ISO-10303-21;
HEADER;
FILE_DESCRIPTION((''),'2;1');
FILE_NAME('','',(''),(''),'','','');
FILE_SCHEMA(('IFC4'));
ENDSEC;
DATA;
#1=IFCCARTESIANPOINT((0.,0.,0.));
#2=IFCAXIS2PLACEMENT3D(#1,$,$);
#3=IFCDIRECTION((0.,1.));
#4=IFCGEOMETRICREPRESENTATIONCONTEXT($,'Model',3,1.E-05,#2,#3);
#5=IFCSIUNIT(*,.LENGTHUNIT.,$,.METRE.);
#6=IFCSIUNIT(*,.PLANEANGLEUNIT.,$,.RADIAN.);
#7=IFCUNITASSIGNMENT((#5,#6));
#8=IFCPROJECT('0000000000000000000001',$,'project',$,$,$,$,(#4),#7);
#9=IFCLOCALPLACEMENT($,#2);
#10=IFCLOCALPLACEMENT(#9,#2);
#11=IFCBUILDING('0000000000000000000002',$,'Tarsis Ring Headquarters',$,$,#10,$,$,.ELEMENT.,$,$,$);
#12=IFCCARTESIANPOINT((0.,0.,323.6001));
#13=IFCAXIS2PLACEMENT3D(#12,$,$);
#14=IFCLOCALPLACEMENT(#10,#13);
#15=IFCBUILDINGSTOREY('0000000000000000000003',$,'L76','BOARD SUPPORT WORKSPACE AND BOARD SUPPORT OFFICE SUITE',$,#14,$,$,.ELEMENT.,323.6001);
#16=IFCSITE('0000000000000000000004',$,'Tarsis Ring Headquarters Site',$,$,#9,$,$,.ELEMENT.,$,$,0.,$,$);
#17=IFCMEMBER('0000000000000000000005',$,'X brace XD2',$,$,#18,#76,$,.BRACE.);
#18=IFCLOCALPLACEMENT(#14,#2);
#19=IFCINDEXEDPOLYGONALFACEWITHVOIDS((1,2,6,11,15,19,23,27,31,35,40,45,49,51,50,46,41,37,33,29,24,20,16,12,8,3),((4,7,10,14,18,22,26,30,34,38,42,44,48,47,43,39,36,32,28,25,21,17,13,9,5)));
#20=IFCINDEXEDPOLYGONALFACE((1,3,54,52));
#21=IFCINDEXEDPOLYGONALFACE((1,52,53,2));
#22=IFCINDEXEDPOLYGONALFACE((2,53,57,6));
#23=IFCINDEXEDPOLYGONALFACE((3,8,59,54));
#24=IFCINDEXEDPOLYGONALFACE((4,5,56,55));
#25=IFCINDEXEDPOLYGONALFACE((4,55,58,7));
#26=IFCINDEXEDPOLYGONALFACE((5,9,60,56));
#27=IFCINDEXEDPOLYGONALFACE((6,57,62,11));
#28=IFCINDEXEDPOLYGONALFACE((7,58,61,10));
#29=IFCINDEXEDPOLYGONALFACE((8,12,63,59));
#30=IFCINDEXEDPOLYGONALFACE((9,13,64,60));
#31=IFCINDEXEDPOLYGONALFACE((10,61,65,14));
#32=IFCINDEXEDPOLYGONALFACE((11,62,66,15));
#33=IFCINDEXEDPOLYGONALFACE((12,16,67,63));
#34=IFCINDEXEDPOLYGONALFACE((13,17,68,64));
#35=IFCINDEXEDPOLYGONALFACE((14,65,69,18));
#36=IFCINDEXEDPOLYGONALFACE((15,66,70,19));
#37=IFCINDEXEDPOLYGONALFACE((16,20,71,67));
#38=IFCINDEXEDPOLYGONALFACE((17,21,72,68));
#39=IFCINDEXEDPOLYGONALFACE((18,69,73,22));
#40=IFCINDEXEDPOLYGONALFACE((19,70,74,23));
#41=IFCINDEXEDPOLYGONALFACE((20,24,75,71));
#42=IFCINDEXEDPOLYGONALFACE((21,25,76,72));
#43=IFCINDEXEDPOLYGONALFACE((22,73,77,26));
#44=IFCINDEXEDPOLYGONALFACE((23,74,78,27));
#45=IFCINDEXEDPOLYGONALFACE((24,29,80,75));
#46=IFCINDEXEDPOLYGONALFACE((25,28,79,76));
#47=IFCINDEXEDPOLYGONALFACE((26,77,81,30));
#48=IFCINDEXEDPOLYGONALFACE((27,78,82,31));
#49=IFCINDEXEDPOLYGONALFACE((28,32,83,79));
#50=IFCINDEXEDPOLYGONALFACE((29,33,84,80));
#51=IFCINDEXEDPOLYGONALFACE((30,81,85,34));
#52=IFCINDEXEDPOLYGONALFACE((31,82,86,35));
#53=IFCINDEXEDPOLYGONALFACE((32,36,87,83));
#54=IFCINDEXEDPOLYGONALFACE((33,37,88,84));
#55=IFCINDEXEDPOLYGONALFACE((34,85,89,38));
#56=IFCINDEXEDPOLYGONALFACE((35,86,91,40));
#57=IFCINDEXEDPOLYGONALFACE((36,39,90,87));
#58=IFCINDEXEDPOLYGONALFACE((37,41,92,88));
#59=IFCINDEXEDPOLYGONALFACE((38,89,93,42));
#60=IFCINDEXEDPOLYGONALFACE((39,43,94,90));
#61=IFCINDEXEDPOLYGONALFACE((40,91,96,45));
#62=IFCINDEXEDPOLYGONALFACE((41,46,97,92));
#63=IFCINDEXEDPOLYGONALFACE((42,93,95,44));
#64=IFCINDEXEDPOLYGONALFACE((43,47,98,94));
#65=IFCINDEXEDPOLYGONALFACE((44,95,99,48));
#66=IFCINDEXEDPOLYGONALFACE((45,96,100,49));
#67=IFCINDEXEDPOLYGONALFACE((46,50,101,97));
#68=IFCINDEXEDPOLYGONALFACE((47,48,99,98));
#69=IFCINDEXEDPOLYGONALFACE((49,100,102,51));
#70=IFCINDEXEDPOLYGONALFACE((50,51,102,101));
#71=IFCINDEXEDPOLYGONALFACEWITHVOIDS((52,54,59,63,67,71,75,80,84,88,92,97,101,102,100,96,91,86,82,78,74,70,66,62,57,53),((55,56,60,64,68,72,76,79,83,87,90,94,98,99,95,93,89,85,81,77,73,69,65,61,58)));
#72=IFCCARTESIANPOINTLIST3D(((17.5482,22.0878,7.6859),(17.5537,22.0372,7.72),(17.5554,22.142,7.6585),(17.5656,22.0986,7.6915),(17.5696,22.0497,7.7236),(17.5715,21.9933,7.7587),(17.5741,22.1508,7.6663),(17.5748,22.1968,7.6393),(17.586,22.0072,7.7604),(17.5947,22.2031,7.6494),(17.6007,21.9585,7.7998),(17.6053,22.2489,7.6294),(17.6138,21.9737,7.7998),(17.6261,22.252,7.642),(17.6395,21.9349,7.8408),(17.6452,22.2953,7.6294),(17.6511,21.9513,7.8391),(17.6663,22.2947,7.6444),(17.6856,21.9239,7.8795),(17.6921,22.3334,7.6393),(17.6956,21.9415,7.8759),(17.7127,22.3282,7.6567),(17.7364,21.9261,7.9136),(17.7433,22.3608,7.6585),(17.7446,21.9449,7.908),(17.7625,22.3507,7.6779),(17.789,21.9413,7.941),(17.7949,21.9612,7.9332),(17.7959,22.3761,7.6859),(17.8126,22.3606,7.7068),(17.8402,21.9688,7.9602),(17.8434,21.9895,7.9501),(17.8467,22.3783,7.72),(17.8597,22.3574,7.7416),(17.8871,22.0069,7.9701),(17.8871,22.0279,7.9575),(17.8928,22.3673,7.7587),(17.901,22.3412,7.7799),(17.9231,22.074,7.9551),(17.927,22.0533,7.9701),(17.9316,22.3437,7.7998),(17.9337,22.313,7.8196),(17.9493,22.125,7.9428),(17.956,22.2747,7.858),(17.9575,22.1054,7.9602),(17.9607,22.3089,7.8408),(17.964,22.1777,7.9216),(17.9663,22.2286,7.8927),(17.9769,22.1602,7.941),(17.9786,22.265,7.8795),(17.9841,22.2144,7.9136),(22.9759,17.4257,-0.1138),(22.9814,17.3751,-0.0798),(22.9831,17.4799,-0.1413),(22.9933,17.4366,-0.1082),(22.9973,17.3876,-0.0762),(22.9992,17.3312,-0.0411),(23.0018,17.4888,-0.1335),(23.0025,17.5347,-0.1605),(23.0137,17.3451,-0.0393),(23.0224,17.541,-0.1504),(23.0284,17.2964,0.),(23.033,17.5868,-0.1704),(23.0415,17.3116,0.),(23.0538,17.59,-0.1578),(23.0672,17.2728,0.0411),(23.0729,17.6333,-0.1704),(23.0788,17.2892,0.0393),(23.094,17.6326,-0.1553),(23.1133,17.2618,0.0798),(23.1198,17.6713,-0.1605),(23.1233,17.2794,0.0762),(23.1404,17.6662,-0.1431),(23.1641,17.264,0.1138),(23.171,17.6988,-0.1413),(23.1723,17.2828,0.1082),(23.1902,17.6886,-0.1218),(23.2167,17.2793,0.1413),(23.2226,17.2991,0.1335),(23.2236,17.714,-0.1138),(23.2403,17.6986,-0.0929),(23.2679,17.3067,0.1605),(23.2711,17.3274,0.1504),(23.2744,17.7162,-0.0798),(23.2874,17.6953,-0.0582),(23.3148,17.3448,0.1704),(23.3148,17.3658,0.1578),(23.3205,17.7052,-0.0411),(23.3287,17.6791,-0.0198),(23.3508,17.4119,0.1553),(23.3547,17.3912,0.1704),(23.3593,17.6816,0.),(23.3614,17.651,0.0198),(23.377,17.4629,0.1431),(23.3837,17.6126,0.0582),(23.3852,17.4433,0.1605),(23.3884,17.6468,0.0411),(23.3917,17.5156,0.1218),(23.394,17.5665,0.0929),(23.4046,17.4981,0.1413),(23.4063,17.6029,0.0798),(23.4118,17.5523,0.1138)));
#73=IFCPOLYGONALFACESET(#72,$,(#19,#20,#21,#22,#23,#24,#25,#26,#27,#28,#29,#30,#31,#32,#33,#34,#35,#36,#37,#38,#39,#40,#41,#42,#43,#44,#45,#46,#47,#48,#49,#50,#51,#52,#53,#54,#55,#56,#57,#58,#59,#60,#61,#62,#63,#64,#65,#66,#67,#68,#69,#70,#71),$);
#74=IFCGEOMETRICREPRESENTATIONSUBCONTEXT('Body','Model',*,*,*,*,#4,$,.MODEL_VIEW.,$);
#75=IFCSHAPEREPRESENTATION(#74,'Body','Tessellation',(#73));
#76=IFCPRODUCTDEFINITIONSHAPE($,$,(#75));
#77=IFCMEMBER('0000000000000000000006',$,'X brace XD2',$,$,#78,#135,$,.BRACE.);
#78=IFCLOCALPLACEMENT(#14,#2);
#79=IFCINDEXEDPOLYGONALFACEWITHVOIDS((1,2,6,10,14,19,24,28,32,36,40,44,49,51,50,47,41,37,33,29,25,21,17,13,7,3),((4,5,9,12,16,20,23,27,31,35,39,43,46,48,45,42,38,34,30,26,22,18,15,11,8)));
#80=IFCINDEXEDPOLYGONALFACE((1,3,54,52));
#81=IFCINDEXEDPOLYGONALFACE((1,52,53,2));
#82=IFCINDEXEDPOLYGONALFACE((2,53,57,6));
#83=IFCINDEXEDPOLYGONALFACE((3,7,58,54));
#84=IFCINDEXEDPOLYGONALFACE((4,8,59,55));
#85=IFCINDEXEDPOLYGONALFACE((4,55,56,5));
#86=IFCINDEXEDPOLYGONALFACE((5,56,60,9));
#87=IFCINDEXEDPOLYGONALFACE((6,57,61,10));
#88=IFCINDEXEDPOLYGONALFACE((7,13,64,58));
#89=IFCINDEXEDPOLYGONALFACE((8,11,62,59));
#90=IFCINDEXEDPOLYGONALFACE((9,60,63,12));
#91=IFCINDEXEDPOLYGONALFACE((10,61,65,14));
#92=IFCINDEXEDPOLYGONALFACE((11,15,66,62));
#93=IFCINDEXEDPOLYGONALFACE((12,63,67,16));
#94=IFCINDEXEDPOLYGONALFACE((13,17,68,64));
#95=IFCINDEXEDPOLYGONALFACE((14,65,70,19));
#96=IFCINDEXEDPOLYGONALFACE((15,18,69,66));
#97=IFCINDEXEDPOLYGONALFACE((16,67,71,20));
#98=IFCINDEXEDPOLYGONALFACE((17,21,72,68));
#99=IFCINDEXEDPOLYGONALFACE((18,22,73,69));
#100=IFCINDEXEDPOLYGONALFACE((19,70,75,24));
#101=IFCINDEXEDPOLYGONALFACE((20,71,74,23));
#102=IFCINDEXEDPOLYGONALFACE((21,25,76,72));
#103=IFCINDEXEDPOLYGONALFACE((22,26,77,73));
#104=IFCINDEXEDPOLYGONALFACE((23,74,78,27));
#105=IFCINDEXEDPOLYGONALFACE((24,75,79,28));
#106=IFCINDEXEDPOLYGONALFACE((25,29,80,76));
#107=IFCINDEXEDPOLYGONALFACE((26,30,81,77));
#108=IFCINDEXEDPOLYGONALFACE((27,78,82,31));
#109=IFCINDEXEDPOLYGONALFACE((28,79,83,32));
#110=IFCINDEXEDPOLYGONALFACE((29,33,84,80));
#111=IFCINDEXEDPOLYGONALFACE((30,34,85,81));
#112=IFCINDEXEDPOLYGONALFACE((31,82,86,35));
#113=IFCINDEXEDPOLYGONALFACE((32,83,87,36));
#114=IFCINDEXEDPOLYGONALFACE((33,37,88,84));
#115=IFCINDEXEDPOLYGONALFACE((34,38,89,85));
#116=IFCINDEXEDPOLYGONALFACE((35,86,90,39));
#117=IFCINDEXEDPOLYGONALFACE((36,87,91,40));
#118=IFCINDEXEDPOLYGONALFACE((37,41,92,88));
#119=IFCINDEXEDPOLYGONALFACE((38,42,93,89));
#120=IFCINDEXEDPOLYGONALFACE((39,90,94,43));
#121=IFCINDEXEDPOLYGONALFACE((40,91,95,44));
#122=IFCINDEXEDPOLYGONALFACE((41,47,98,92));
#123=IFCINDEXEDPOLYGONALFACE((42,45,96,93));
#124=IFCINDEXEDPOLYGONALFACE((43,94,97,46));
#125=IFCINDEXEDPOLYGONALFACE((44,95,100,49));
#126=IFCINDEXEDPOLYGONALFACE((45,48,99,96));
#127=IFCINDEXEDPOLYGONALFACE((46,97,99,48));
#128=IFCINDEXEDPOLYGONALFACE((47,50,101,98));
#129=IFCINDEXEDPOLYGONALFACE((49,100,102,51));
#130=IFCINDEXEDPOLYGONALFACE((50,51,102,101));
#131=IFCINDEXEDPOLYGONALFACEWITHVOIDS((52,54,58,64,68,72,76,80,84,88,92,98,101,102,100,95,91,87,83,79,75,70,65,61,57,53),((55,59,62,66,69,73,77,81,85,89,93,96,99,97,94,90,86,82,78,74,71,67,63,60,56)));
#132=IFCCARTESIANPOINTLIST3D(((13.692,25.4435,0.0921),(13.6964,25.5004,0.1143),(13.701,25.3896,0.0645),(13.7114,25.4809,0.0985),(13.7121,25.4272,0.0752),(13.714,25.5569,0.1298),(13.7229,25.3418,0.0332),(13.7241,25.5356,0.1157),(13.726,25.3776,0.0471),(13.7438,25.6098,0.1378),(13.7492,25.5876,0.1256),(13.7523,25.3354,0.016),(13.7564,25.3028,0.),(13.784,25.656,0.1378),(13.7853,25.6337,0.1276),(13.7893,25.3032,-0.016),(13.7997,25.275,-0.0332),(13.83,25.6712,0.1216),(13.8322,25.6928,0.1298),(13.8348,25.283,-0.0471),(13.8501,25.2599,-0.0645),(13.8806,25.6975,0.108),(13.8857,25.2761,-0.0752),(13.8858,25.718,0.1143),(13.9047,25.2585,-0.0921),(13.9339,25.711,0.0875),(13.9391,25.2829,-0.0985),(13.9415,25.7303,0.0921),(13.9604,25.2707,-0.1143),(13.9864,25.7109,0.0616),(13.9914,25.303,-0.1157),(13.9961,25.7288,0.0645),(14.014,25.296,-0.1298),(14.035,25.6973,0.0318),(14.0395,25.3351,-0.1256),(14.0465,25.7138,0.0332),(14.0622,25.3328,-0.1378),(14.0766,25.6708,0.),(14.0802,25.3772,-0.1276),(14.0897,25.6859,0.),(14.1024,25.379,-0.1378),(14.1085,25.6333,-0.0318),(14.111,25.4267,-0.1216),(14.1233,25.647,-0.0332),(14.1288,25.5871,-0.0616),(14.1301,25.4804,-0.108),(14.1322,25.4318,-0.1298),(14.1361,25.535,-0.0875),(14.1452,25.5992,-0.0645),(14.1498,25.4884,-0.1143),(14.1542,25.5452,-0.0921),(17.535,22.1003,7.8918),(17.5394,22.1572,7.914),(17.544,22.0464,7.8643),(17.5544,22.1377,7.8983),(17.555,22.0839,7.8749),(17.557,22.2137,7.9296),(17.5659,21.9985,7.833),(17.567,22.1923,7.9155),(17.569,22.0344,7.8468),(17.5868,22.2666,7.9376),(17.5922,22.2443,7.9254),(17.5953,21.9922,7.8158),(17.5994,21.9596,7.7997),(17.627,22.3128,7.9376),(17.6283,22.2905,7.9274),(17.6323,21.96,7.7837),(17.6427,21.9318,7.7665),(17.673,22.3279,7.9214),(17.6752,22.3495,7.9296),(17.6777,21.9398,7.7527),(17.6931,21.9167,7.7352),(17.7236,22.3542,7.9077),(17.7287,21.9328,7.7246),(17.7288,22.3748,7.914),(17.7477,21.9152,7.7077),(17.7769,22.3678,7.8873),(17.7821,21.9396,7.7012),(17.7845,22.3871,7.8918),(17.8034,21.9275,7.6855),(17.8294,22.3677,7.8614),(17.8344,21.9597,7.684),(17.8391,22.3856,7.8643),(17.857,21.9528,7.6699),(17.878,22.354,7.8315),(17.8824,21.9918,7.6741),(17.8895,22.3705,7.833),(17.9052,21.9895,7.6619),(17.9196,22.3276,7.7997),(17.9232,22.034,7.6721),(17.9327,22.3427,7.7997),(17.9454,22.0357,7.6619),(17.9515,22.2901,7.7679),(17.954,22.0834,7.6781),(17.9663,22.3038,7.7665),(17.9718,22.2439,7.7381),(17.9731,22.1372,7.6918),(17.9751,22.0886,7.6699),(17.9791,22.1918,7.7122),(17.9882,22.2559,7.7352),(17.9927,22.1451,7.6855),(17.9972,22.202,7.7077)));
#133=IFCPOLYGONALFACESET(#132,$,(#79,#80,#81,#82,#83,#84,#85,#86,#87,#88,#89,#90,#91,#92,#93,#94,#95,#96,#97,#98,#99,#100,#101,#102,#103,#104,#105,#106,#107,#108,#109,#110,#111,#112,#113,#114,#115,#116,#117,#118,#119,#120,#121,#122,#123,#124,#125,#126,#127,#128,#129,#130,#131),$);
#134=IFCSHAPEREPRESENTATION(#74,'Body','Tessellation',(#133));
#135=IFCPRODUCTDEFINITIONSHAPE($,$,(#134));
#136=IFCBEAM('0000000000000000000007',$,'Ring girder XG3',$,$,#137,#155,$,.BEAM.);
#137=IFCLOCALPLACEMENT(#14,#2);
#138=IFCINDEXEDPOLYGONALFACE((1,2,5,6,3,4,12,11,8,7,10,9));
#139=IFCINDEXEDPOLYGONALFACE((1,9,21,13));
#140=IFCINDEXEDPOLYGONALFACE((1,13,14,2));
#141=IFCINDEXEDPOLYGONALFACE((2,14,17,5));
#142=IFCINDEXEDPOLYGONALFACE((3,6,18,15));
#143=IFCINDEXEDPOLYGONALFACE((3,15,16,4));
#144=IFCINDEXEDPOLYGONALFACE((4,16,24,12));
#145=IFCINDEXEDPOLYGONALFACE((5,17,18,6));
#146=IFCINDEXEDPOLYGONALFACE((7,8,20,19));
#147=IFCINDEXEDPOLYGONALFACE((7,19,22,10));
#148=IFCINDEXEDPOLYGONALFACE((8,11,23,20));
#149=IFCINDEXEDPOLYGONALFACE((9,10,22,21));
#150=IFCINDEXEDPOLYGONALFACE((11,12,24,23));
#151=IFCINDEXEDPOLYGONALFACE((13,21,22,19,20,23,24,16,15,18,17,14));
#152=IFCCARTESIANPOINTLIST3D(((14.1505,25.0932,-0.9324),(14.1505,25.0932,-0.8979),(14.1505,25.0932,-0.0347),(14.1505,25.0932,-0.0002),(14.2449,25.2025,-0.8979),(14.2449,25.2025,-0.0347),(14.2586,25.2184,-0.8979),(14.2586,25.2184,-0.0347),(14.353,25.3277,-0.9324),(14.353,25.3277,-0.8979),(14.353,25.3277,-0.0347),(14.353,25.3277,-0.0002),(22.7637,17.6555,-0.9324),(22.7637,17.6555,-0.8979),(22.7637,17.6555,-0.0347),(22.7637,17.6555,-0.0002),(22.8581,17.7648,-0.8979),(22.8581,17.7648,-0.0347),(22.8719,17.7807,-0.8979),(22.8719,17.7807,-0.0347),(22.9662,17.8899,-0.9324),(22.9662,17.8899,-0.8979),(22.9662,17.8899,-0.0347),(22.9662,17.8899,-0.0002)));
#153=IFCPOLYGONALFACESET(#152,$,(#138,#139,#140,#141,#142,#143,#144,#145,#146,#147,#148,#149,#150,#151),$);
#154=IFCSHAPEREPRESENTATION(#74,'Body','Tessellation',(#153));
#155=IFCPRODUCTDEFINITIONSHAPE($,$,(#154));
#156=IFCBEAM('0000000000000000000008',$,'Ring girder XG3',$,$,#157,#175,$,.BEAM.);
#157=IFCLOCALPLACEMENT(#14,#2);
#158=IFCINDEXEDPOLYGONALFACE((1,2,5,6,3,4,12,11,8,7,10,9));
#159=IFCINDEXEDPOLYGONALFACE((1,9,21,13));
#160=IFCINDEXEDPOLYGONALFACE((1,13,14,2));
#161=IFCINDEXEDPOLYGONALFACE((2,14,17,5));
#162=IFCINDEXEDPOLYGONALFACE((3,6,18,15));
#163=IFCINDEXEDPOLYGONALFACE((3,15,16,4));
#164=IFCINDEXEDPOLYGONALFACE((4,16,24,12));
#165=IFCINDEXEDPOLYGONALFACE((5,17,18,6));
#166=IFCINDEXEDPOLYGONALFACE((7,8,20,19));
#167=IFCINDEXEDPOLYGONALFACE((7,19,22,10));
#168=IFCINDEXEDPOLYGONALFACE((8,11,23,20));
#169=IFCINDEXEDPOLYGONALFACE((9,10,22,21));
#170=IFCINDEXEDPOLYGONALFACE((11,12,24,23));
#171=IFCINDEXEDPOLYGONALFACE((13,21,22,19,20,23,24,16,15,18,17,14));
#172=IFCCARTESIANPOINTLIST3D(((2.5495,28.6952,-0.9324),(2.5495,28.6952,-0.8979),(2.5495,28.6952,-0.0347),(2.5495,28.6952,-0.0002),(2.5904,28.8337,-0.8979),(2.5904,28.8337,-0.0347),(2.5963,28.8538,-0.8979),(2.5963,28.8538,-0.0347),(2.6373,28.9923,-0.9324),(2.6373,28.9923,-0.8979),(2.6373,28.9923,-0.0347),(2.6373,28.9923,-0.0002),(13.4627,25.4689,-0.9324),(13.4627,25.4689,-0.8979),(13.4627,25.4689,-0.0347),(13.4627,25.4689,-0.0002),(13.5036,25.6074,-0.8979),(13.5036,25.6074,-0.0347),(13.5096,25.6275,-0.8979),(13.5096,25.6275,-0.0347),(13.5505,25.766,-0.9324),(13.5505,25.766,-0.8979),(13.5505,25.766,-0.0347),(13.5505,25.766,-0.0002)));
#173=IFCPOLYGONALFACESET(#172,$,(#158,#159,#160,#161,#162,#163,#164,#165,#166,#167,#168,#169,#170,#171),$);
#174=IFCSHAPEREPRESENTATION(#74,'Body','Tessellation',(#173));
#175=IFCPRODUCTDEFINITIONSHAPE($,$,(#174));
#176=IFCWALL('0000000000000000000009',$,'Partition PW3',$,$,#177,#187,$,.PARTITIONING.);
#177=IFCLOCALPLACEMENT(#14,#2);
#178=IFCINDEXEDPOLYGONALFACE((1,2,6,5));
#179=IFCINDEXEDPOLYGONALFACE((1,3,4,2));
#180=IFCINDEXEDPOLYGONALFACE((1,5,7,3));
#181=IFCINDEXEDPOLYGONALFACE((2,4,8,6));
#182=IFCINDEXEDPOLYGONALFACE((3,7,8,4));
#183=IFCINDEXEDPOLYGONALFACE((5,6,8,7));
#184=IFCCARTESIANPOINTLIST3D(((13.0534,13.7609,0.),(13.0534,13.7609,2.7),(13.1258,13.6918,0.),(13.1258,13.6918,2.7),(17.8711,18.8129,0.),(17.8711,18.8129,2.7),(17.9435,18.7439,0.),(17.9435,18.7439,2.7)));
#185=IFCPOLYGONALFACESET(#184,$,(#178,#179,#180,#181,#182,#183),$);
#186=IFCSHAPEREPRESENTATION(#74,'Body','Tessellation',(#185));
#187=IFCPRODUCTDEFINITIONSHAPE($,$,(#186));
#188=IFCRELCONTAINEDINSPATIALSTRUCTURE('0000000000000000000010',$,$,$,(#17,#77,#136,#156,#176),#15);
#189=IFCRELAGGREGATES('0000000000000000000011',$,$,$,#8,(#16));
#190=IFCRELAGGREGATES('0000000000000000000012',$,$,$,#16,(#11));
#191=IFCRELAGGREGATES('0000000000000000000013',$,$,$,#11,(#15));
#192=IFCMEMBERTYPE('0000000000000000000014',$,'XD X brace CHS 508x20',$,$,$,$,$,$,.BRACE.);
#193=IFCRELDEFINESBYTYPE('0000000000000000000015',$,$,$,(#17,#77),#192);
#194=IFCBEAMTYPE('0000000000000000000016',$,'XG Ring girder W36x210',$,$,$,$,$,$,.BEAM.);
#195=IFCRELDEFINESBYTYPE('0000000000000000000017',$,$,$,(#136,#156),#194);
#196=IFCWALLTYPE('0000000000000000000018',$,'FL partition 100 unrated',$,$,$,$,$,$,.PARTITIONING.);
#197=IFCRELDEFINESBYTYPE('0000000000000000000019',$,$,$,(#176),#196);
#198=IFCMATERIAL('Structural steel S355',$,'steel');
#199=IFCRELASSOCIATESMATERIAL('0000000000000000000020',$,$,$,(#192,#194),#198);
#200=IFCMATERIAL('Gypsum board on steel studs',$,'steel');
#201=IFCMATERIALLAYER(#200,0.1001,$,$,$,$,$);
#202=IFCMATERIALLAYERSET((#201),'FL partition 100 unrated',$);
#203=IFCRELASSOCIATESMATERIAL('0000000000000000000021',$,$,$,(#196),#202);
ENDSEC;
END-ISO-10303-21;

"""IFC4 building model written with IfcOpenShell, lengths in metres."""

from ifc_helpers import new_model, si_unit, direction, frame, frame_2d, origin, origin_2d, place, context, subcontext, project, spatial, rectangle, hollow_circle, i_section, extrude, material, layer, layer_set, material_profile, profile_set, type_object, element, save


model = new_model("IFC4")

# Units and contexts
model_context = context("Model", 3, precision=1e-05, world=origin(), true_north=direction((0.0, 1.0)))
body_context = subcontext(model_context, "Body", "Model", "MODEL_VIEW")
ifc_project = project(units=[si_unit("LENGTHUNIT", "METRE"), si_unit("PLANEANGLEUNIT", "RADIAN")], contexts=[model_context])

# Site, building, storey
site_placement = place(None, origin())
site = spatial("IfcSite", under=ifc_project, at=site_placement, Name="Tarsis Ring Headquarters Site", CompositionType="ELEMENT", RefElevation=0.0)
building_placement = place(site_placement, origin())
building = spatial("IfcBuilding", under=site, at=building_placement, Name="Tarsis Ring Headquarters", CompositionType="ELEMENT")
storey_placement = place(building_placement, frame((0.0, 0.0, 323.6001)))
storey = spatial("IfcBuildingStorey", under=building, at=storey_placement, Name="L76", Description="BOARD SUPPORT WORKSPACE AND BOARD SUPPORT OFFICE SUITE", CompositionType="ELEMENT", Elevation=323.6001)

# Shared definitions
ifc_material_1 = material(Name="Structural steel S355", Category="steel")

# Members
ifc_material_profile_1 = material_profile(ifc_material_1, hollow_circle(Radius=0.2539, WallThickness=0.02, at=origin_2d()), Name="CHS 508x20")
ifc_profile_set_1 = profile_set([ifc_material_profile_1], Name="Structural steel S355")
member_type = type_object("IfcMemberType", Name="XD X brace CHS 508x20", PredefinedType="BRACE", material=ifc_profile_set_1)
member_1_placement = place(storey_placement, frame((23.1938, 17.489, 0.0), z_axis=(-0.512798, 0.440464, 0.736905), x_axis=(-0.651578, -0.758582, 0.0)))
element("IfcMember", 1, at=member_1_placement, inside=storey, type_object=member_type, Name="X brace XD2", PredefinedType="BRACE", context=body_context, shape_type="SweptSolid", body=[
    extrude(hollow_circle(Radius=0.2539, WallThickness=0.02, at=origin_2d()), origin(), (0.0, 0.0, 1.0), 10.5845),
])
member_2_placement = place(storey_placement, frame((13.9231, 25.4944, 0.0), z_axis=(0.412529, -0.358883, 0.837271), x_axis=(0.656347, 0.754459, 0.0)))
element("IfcMember", 2, at=member_2_placement, inside=storey, type_object=member_type, Name="X brace XD2", PredefinedType="BRACE", context=body_context, shape_type="SweptSolid", body=[
    extrude(hollow_circle(Radius=0.2539, WallThickness=0.02, at=origin_2d()), origin(), (0.0, 0.0, 1.0), 9.3157),
])

# Beams
ifc_material_profile_2 = material_profile(ifc_material_1, i_section(OverallWidth=0.3098, OverallDepth=0.9321, WebThickness=0.021, FlangeThickness=0.0344, at=origin_2d()), Name="W36x210")
ifc_profile_set_2 = profile_set([ifc_material_profile_2], Name="Structural steel S355")
beam_type_1 = type_object("IfcBeamType", Name="XG Ring girder W36x210", PredefinedType="BEAM", material=ifc_profile_set_2)
for number, where, z_axis, x_axis, name in (
    (3, (22.865, 17.7727, -0.4663), (-0.756866, 0.65357, 0.0), (-0.65357, -0.756866, 0.0), "Ring girder XG3"),
    (4, (13.5066, 25.6174, -0.4663), (-0.958972, 0.283502, 0.0), (-0.283502, -0.958972, 0.0), "Ring girder XG3"),
):
    element("IfcBeam", number, at=place(storey_placement, frame(where, z_axis=z_axis, x_axis=x_axis)), inside=storey, type_object=beam_type_1, Name=name, PredefinedType="BEAM", context=body_context, shape_type="SweptSolid", body=[
        extrude(i_section(OverallWidth=0.3098, OverallDepth=0.9321, WebThickness=0.021, FlangeThickness=0.0344, at=origin_2d()), origin(), (0.0, 0.0, 1.0), 11.3801),
    ])

# Wall
ifc_material_2 = material(Name="Gypsum board on steel studs", Category="steel")
ifc_layer_1 = layer(ifc_material_2, 0.1001)
ifc_layer_set_1 = layer_set([ifc_layer_1], Name="FL partition 100 unrated")
wall_type_1 = type_object("IfcWallType", Name="FL partition 100 unrated", PredefinedType="PARTITIONING", material=ifc_layer_set_1)
wall_1_placement = place(storey_placement, frame((13.0896, 13.7263, 0.0), z_axis=(0.0, 0.0, 1.0), x_axis=(0.69012, 0.723694, 0.0)))
element("IfcWall", 5, at=wall_1_placement, inside=storey, type_object=wall_type_1, Name="Partition PW3", PredefinedType="PARTITIONING", context=body_context, shape_type="SweptSolid", body=[
    extrude(rectangle(XDim=6.981, YDim=0.1001, at=frame_2d((3.4905, 0.0))), origin(), (0.0, 0.0, 1.0), 2.7),
])

save(model, "model.ifc")
